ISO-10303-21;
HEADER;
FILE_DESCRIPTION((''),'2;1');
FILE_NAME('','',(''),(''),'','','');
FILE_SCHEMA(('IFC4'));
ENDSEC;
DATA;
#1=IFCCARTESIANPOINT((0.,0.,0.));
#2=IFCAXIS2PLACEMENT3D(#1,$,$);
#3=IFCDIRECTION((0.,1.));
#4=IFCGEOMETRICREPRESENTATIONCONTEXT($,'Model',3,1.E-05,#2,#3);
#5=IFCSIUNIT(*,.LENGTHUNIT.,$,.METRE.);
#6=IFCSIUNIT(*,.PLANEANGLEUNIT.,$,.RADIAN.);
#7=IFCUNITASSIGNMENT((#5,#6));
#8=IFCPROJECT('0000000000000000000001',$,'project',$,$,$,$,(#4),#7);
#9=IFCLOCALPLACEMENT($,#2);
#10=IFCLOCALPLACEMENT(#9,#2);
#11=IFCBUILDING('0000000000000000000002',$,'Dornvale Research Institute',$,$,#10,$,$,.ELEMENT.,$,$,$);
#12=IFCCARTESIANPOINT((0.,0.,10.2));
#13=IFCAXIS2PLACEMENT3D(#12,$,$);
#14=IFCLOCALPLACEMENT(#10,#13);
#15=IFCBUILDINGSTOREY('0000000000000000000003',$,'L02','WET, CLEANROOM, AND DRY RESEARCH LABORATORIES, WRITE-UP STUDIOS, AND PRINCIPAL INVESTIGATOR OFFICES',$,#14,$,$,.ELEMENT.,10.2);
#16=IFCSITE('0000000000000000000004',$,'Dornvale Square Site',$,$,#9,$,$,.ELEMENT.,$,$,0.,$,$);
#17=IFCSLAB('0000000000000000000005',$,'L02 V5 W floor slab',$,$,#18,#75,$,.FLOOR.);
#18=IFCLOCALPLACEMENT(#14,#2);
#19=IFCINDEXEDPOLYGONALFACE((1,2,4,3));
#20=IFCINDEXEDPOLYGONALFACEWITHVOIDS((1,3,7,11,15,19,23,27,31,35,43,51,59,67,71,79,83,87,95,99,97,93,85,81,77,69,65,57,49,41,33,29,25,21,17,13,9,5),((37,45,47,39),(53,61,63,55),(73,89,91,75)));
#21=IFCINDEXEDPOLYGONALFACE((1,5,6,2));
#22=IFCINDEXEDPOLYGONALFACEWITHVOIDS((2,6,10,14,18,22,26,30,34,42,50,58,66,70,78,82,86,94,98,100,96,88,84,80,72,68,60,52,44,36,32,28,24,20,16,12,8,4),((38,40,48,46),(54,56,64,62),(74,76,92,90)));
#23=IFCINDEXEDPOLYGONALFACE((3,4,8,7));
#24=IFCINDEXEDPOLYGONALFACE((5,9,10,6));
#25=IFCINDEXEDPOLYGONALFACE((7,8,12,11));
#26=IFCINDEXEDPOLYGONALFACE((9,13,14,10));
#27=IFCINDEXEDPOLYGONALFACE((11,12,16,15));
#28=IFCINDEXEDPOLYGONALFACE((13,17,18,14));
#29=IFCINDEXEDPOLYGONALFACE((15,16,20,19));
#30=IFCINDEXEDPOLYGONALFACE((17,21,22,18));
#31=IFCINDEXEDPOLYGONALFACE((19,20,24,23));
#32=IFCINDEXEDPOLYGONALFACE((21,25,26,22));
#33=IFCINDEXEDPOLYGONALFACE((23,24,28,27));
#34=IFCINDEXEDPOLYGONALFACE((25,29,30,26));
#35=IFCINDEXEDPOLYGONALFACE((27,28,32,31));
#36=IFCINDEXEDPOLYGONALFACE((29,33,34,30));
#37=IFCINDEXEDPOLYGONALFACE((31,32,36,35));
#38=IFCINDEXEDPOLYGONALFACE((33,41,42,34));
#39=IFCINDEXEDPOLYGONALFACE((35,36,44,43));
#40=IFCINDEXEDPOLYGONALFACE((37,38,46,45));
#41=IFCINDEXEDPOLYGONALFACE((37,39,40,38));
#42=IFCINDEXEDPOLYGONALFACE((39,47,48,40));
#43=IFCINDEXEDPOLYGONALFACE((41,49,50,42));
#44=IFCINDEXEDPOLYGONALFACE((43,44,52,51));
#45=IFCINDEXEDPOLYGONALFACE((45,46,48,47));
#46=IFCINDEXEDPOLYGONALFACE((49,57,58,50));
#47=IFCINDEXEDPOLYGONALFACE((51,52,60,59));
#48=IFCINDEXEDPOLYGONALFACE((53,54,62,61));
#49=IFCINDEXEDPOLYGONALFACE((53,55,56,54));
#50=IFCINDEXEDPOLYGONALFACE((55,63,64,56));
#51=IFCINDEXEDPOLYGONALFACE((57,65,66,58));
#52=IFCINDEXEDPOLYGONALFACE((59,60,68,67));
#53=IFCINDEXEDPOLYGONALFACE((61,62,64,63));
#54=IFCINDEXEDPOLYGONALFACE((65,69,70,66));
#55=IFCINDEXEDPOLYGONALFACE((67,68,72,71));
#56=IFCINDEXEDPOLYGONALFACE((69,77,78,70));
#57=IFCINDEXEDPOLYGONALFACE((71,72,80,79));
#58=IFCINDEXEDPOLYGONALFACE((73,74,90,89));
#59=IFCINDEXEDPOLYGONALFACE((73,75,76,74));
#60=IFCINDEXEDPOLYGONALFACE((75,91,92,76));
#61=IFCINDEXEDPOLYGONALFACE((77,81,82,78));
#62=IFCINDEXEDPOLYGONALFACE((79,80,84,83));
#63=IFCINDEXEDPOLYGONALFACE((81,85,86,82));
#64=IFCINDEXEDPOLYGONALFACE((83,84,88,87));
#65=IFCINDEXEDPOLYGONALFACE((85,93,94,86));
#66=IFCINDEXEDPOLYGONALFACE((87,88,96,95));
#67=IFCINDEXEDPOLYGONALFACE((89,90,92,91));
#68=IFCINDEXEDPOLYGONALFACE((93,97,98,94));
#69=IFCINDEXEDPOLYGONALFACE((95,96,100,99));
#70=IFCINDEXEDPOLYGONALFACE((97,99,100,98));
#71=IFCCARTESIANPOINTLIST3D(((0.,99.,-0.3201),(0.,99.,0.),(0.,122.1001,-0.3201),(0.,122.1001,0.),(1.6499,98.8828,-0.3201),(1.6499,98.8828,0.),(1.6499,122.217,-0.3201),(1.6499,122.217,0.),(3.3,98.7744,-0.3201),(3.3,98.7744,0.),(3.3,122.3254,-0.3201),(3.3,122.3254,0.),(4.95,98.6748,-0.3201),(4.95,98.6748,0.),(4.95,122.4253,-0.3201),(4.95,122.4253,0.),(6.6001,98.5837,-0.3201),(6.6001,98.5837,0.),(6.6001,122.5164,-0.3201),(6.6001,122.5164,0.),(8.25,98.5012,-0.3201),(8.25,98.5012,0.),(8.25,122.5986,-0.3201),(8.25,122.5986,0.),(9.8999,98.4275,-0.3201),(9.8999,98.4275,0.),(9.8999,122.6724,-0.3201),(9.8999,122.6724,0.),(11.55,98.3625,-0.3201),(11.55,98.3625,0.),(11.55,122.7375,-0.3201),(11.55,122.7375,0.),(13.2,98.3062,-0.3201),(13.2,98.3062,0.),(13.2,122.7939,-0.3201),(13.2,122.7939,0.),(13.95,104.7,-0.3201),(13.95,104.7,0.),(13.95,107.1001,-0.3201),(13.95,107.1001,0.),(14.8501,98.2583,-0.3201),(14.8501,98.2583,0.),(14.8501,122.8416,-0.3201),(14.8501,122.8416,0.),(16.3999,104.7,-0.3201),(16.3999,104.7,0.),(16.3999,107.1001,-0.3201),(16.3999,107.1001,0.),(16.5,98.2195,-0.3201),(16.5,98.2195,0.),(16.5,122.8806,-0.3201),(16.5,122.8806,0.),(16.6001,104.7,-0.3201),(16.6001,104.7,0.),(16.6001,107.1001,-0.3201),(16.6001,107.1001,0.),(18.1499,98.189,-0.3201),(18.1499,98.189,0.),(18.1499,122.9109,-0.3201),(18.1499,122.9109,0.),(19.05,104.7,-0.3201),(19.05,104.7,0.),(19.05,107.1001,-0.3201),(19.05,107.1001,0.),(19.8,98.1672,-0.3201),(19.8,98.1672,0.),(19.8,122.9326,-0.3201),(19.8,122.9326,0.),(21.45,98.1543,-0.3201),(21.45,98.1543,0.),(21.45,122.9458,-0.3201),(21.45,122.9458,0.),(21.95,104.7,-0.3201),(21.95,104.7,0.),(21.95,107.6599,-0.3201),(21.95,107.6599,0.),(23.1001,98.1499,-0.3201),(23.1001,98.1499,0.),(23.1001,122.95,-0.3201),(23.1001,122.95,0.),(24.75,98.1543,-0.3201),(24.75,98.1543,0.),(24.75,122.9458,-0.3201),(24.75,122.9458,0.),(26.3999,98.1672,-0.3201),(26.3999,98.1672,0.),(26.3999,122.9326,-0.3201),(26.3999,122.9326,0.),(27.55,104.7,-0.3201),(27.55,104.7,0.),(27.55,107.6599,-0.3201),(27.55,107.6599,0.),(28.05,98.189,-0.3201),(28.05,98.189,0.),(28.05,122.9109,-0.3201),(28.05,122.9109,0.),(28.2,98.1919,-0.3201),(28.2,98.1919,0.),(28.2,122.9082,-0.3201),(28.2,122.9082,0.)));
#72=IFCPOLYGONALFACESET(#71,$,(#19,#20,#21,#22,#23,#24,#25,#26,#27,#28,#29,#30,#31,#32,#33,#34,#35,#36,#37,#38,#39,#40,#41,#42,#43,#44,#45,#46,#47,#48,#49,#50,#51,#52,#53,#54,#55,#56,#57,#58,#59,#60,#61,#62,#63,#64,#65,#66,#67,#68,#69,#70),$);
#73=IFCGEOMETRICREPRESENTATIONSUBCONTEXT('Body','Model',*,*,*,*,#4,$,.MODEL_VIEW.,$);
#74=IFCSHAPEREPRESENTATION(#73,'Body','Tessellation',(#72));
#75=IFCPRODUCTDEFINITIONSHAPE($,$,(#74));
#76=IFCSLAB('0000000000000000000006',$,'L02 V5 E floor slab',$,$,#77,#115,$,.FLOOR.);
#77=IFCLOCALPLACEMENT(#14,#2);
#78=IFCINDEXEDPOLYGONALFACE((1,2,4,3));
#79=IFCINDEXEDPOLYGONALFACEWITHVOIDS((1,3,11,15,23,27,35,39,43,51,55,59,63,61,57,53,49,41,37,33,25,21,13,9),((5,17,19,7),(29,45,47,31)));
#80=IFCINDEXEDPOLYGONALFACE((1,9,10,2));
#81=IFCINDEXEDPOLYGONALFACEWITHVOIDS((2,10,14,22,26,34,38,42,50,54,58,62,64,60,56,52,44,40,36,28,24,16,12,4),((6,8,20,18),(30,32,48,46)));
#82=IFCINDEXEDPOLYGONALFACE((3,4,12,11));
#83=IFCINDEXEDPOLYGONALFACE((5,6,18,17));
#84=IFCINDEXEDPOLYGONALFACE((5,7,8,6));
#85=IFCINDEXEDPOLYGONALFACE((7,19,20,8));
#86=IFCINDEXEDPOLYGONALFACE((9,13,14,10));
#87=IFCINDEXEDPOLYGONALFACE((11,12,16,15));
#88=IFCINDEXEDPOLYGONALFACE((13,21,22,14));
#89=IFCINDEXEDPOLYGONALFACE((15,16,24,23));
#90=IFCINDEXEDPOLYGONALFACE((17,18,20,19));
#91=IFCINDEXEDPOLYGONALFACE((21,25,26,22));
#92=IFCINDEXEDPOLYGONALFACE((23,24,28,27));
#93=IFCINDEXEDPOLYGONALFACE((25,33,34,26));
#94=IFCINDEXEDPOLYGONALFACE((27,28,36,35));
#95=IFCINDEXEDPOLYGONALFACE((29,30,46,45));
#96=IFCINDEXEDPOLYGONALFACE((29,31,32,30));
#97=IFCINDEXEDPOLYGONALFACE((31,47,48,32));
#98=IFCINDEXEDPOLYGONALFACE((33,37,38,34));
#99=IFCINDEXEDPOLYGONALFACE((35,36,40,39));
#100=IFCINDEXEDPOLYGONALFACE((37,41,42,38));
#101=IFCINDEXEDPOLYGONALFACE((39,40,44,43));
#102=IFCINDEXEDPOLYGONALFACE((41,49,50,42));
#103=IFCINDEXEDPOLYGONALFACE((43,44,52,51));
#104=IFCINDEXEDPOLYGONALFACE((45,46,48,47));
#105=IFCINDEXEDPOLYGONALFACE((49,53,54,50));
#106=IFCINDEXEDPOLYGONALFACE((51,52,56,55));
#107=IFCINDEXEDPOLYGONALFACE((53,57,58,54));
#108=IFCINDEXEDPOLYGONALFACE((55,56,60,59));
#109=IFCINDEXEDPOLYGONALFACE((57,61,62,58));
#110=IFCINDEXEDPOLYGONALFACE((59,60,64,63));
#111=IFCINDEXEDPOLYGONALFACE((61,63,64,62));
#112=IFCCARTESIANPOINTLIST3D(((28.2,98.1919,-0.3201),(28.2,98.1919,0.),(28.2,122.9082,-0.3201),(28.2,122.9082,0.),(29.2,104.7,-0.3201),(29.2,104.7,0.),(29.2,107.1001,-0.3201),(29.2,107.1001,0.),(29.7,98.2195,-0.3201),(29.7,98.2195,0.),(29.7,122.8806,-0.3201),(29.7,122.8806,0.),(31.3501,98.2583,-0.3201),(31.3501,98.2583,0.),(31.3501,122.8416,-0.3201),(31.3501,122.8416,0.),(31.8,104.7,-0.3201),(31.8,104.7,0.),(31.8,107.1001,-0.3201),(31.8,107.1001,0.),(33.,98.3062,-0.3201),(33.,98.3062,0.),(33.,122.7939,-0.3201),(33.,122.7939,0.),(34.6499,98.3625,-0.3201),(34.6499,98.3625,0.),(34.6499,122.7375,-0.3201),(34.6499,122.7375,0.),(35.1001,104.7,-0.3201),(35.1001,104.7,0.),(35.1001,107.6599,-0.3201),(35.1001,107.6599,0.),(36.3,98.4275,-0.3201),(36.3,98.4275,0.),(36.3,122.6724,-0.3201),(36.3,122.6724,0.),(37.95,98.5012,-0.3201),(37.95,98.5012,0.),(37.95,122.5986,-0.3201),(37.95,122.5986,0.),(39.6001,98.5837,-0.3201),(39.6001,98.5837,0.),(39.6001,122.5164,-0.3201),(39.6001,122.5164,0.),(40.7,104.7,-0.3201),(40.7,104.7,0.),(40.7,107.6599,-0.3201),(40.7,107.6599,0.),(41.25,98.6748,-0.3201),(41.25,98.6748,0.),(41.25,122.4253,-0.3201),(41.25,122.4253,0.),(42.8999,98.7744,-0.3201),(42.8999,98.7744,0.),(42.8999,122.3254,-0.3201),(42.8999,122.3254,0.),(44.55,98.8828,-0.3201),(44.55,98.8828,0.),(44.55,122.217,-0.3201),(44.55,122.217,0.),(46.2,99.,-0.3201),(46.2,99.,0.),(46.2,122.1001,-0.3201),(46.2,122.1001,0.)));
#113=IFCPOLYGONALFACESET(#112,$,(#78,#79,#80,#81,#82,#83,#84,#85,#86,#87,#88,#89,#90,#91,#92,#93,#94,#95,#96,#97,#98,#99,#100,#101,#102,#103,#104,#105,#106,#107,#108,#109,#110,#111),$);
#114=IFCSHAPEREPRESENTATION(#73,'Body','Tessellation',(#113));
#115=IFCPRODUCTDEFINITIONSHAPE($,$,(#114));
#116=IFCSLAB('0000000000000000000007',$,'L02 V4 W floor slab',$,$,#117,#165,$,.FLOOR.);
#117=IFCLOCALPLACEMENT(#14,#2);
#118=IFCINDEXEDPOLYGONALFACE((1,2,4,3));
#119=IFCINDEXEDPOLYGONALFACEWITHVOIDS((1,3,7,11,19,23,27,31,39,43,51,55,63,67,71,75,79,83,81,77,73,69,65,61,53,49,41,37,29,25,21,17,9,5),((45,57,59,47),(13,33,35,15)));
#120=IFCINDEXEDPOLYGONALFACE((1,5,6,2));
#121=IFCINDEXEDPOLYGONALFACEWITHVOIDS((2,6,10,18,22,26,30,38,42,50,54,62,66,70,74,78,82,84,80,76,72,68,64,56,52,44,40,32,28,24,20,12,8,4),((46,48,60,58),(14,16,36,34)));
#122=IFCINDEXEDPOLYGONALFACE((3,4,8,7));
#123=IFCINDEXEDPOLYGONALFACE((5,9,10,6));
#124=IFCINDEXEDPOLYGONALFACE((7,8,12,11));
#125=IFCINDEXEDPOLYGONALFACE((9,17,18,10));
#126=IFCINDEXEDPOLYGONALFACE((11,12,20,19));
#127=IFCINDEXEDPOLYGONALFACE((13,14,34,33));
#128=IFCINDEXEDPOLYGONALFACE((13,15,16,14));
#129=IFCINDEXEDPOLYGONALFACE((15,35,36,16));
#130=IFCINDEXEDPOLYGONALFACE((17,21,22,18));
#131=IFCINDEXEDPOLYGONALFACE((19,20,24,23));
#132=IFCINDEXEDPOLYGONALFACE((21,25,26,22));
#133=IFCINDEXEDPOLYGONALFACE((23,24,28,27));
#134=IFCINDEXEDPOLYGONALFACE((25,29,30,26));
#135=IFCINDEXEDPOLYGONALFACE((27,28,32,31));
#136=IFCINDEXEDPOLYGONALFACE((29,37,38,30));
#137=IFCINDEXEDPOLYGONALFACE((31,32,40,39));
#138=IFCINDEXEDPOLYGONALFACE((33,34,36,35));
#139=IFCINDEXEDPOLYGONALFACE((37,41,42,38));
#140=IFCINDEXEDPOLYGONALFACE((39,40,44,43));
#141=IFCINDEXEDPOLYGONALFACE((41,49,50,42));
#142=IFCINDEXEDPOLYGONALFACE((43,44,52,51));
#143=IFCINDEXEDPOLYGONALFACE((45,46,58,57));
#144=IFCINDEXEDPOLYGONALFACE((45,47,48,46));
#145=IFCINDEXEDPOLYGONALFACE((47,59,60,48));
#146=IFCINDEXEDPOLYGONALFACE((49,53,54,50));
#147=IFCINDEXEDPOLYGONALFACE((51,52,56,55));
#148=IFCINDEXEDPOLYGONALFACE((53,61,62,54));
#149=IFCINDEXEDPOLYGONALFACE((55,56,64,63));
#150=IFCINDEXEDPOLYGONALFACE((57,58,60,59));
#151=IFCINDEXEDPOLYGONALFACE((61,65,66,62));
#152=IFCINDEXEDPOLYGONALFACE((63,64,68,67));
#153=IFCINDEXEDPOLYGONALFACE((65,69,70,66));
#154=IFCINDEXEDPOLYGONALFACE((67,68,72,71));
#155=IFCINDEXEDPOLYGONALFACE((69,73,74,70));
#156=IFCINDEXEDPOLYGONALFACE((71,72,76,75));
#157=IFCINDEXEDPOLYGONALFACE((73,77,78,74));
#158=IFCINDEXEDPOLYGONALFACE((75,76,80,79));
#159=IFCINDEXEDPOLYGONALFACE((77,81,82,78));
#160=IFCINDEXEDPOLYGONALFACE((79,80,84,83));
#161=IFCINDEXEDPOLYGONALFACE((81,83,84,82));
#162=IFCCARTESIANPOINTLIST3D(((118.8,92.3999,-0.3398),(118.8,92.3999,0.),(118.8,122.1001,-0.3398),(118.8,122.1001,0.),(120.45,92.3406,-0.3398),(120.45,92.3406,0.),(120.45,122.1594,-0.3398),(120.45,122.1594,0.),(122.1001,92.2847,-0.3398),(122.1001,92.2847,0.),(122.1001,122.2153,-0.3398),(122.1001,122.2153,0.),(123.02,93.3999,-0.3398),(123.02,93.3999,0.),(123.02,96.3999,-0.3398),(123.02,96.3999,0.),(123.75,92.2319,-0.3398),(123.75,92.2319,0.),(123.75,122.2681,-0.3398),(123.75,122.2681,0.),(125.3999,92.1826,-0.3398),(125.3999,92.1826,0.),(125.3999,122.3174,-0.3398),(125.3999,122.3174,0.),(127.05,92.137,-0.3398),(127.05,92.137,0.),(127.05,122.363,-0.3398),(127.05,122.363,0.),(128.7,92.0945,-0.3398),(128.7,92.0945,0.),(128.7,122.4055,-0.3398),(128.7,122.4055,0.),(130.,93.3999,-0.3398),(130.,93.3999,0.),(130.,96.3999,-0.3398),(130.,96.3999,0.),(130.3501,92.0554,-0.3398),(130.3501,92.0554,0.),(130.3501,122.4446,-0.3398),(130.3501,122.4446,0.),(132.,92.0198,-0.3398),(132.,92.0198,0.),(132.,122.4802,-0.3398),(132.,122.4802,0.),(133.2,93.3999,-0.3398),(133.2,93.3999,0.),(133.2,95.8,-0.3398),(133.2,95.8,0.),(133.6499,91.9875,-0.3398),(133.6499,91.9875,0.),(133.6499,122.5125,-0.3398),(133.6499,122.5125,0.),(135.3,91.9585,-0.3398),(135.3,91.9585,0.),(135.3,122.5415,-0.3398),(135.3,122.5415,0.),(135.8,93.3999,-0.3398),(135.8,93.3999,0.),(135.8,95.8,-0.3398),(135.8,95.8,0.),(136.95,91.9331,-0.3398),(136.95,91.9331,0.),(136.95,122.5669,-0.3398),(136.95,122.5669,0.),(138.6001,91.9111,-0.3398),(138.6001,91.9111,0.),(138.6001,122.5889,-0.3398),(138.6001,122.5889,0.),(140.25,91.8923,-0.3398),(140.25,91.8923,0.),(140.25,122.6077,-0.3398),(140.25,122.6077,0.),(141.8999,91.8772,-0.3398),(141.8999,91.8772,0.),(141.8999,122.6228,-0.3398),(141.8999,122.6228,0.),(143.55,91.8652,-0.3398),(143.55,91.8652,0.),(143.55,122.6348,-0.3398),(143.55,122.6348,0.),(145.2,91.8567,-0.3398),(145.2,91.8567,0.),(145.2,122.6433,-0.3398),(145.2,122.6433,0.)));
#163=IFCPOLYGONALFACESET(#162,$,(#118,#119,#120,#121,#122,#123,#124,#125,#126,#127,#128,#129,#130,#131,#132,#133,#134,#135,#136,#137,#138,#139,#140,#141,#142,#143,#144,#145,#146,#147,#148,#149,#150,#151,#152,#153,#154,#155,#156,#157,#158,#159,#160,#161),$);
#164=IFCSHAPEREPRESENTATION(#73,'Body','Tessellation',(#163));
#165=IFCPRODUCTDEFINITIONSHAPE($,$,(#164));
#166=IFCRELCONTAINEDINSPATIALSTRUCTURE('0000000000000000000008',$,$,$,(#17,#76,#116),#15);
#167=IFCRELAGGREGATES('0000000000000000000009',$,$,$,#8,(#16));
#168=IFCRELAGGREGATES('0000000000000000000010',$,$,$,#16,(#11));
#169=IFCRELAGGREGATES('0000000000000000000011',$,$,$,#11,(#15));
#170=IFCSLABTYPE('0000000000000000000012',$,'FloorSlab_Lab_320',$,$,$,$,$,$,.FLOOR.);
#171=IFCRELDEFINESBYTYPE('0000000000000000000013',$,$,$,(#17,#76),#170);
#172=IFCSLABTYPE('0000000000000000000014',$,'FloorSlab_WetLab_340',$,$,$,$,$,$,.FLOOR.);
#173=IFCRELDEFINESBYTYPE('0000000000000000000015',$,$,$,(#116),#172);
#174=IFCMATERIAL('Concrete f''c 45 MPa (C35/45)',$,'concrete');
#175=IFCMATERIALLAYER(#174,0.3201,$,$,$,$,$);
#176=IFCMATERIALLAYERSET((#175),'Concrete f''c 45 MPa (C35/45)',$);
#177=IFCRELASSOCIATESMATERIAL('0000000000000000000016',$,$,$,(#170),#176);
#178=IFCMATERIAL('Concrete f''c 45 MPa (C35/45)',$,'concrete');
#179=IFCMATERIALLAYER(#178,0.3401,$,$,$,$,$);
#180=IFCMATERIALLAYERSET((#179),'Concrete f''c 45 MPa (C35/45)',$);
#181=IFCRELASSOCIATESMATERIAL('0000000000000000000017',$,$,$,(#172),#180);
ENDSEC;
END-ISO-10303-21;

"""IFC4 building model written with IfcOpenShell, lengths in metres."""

from ifc_helpers import new_model, si_unit, direction, frame, origin, place, context, subcontext, project, spatial, polyline, outline, extrude, material, layer, layer_set, type_object, element, save


model = new_model("IFC4")

# Units and contexts
model_context = context("Model", 3, precision=1e-05, world=origin(), true_north=direction((0.0, 1.0)))
body_context = subcontext(model_context, "Body", "Model", "MODEL_VIEW")
ifc_project = project(units=[si_unit("LENGTHUNIT", "METRE"), si_unit("PLANEANGLEUNIT", "RADIAN")], contexts=[model_context])

# Site, building, storey
site_placement = place(None, origin())
site = spatial("IfcSite", under=ifc_project, at=site_placement, Name="Dornvale Square Site", CompositionType="ELEMENT", RefElevation=0.0)
building_placement = place(site_placement, origin())
building = spatial("IfcBuilding", under=site, at=building_placement, Name="Dornvale Research Institute", CompositionType="ELEMENT")
storey_placement = place(building_placement, frame((0.0, 0.0, 10.2)))
storey = spatial("IfcBuildingStorey", under=building, at=storey_placement, Name="L02", Description="WET, CLEANROOM, AND DRY RESEARCH LABORATORIES, WRITE-UP STUDIOS, AND PRINCIPAL INVESTIGATOR OFFICES", CompositionType="ELEMENT", Elevation=10.2)

# Slabs
ifc_material_1 = material(Name="Concrete f'c 45 MPa (C35/45)", Category="concrete")
ifc_layer_1 = layer(ifc_material_1, 0.3201)
ifc_layer_set_1 = layer_set([ifc_layer_1], Name="Concrete f'c 45 MPa (C35/45)")
slab_type_1 = type_object("IfcSlabType", Name="FloorSlab_Lab_320", PredefinedType="FLOOR", material=ifc_layer_set_1)
slab_1_placement = place(storey_placement, frame((0.0, 0.0, -0.3201)))
element("IfcSlab", 1, at=slab_1_placement, inside=storey, type_object=slab_type_1, Name="L02 V5 W floor slab", PredefinedType="FLOOR", context=body_context, shape_type="SweptSolid", body=[
    extrude(outline(polyline([(28.05, 98.189), (26.3999, 98.1672), (24.75, 98.1543), (23.1001, 98.1499), (21.45, 98.1543), (19.8, 98.1672), (18.1499, 98.189), (16.5, 98.2195), (14.8501, 98.2583), (13.2, 98.3062), (11.55, 98.3625), (9.8999, 98.4275), (8.25, 98.5012), (6.6001, 98.5837), (4.95, 98.6748), (3.3, 98.7744), (1.6499, 98.8828), (0.0, 99.0), (0.0, 122.1001), (1.6499, 122.217), (3.3, 122.3254), (4.95, 122.4253), (6.6001, 122.5164), (8.25, 122.5986), (9.8999, 122.6724), (11.55, 122.7375), (13.2, 122.7939), (14.8501, 122.8416), (16.5, 122.8806), (18.1499, 122.9109), (19.8, 122.9326), (21.45, 122.9458), (23.1001, 122.95), (24.75, 122.9458), (26.3999, 122.9326), (28.05, 122.9109), (28.2, 122.9082), (28.2, 98.1919), (28.05, 98.189)]), holes=[polyline([(21.95, 104.7), (27.55, 104.7), (27.55, 107.6599), (21.95, 107.6599), (21.95, 104.7)]), polyline([(13.95, 104.7), (16.3999, 104.7), (16.3999, 107.1001), (13.95, 107.1001), (13.95, 104.7)]), polyline([(16.6001, 104.7), (19.05, 104.7), (19.05, 107.1001), (16.6001, 107.1001), (16.6001, 104.7)])]), origin(), (0.0, 0.0, 1.0), 0.3201),
])
slab_2_placement = place(storey_placement, frame((0.0, 0.0, -0.3201)))
element("IfcSlab", 2, at=slab_2_placement, inside=storey, type_object=slab_type_1, Name="L02 V5 E floor slab", PredefinedType="FLOOR", context=body_context, shape_type="SweptSolid", body=[
    extrude(outline(polyline([(29.7, 122.8806), (31.3501, 122.8416), (33.0, 122.7939), (34.6499, 122.7375), (36.3, 122.6724), (37.95, 122.5986), (39.6001, 122.5164), (41.25, 122.4253), (42.8999, 122.3254), (44.55, 122.217), (46.2, 122.1001), (46.2, 99.0), (44.55, 98.8828), (42.8999, 98.7744), (41.25, 98.6748), (39.6001, 98.5837), (37.95, 98.5012), (36.3, 98.4275), (34.6499, 98.3625), (33.0, 98.3062), (31.3501, 98.2583), (29.7, 98.2195), (28.2, 98.1919), (28.2, 122.9082), (29.7, 122.8806)]), holes=[polyline([(35.1001, 104.7), (40.7, 104.7), (40.7, 107.6599), (35.1001, 107.6599), (35.1001, 104.7)]), polyline([(29.2, 104.7), (31.8, 104.7), (31.8, 107.1001), (29.2, 107.1001), (29.2, 104.7)])]), origin(), (0.0, 0.0, 1.0), 0.3201),
])
ifc_material_2 = material(Name="Concrete f'c 45 MPa (C35/45)", Category="concrete")
ifc_layer_2 = layer(ifc_material_2, 0.3401)
ifc_layer_set_2 = layer_set([ifc_layer_2], Name="Concrete f'c 45 MPa (C35/45)")
slab_type_2 = type_object("IfcSlabType", Name="FloorSlab_WetLab_340", PredefinedType="FLOOR", material=ifc_layer_set_2)
slab_3_placement = place(storey_placement, frame((0.0, 0.0, -0.3398)))
element("IfcSlab", 3, at=slab_3_placement, inside=storey, type_object=slab_type_2, Name="L02 V4 W floor slab", PredefinedType="FLOOR", context=body_context, shape_type="SweptSolid", body=[
    extrude(outline(polyline([(143.55, 91.8652), (141.8999, 91.8772), (140.25, 91.8923), (138.6001, 91.9111), (136.95, 91.9331), (135.3, 91.9585), (133.6499, 91.9875), (132.0, 92.0198), (130.3501, 92.0554), (128.7, 92.0945), (127.05, 92.137), (125.3999, 92.1826), (123.75, 92.2319), (122.1001, 92.2847), (120.45, 92.3406), (118.8, 92.3999), (118.8, 122.1001), (120.45, 122.1594), (122.1001, 122.2153), (123.75, 122.2681), (125.3999, 122.3174), (127.05, 122.363), (128.7, 122.4055), (130.3501, 122.4446), (132.0, 122.4802), (133.6499, 122.5125), (135.3, 122.5415), (136.95, 122.5669), (138.6001, 122.5889), (140.25, 122.6077), (141.8999, 122.6228), (143.55, 122.6348), (145.2, 122.6433), (145.2, 91.8567), (143.55, 91.8652)]), holes=[polyline([(123.02, 93.3999), (130.0, 93.3999), (130.0, 96.3999), (123.02, 96.3999), (123.02, 93.3999)]), polyline([(133.2, 93.3999), (135.8, 93.3999), (135.8, 95.8), (133.2, 95.8), (133.2, 93.3999)])]), origin(), (0.0, 0.0, 1.0), 0.3398),
])

save(model, "model.ifc")
